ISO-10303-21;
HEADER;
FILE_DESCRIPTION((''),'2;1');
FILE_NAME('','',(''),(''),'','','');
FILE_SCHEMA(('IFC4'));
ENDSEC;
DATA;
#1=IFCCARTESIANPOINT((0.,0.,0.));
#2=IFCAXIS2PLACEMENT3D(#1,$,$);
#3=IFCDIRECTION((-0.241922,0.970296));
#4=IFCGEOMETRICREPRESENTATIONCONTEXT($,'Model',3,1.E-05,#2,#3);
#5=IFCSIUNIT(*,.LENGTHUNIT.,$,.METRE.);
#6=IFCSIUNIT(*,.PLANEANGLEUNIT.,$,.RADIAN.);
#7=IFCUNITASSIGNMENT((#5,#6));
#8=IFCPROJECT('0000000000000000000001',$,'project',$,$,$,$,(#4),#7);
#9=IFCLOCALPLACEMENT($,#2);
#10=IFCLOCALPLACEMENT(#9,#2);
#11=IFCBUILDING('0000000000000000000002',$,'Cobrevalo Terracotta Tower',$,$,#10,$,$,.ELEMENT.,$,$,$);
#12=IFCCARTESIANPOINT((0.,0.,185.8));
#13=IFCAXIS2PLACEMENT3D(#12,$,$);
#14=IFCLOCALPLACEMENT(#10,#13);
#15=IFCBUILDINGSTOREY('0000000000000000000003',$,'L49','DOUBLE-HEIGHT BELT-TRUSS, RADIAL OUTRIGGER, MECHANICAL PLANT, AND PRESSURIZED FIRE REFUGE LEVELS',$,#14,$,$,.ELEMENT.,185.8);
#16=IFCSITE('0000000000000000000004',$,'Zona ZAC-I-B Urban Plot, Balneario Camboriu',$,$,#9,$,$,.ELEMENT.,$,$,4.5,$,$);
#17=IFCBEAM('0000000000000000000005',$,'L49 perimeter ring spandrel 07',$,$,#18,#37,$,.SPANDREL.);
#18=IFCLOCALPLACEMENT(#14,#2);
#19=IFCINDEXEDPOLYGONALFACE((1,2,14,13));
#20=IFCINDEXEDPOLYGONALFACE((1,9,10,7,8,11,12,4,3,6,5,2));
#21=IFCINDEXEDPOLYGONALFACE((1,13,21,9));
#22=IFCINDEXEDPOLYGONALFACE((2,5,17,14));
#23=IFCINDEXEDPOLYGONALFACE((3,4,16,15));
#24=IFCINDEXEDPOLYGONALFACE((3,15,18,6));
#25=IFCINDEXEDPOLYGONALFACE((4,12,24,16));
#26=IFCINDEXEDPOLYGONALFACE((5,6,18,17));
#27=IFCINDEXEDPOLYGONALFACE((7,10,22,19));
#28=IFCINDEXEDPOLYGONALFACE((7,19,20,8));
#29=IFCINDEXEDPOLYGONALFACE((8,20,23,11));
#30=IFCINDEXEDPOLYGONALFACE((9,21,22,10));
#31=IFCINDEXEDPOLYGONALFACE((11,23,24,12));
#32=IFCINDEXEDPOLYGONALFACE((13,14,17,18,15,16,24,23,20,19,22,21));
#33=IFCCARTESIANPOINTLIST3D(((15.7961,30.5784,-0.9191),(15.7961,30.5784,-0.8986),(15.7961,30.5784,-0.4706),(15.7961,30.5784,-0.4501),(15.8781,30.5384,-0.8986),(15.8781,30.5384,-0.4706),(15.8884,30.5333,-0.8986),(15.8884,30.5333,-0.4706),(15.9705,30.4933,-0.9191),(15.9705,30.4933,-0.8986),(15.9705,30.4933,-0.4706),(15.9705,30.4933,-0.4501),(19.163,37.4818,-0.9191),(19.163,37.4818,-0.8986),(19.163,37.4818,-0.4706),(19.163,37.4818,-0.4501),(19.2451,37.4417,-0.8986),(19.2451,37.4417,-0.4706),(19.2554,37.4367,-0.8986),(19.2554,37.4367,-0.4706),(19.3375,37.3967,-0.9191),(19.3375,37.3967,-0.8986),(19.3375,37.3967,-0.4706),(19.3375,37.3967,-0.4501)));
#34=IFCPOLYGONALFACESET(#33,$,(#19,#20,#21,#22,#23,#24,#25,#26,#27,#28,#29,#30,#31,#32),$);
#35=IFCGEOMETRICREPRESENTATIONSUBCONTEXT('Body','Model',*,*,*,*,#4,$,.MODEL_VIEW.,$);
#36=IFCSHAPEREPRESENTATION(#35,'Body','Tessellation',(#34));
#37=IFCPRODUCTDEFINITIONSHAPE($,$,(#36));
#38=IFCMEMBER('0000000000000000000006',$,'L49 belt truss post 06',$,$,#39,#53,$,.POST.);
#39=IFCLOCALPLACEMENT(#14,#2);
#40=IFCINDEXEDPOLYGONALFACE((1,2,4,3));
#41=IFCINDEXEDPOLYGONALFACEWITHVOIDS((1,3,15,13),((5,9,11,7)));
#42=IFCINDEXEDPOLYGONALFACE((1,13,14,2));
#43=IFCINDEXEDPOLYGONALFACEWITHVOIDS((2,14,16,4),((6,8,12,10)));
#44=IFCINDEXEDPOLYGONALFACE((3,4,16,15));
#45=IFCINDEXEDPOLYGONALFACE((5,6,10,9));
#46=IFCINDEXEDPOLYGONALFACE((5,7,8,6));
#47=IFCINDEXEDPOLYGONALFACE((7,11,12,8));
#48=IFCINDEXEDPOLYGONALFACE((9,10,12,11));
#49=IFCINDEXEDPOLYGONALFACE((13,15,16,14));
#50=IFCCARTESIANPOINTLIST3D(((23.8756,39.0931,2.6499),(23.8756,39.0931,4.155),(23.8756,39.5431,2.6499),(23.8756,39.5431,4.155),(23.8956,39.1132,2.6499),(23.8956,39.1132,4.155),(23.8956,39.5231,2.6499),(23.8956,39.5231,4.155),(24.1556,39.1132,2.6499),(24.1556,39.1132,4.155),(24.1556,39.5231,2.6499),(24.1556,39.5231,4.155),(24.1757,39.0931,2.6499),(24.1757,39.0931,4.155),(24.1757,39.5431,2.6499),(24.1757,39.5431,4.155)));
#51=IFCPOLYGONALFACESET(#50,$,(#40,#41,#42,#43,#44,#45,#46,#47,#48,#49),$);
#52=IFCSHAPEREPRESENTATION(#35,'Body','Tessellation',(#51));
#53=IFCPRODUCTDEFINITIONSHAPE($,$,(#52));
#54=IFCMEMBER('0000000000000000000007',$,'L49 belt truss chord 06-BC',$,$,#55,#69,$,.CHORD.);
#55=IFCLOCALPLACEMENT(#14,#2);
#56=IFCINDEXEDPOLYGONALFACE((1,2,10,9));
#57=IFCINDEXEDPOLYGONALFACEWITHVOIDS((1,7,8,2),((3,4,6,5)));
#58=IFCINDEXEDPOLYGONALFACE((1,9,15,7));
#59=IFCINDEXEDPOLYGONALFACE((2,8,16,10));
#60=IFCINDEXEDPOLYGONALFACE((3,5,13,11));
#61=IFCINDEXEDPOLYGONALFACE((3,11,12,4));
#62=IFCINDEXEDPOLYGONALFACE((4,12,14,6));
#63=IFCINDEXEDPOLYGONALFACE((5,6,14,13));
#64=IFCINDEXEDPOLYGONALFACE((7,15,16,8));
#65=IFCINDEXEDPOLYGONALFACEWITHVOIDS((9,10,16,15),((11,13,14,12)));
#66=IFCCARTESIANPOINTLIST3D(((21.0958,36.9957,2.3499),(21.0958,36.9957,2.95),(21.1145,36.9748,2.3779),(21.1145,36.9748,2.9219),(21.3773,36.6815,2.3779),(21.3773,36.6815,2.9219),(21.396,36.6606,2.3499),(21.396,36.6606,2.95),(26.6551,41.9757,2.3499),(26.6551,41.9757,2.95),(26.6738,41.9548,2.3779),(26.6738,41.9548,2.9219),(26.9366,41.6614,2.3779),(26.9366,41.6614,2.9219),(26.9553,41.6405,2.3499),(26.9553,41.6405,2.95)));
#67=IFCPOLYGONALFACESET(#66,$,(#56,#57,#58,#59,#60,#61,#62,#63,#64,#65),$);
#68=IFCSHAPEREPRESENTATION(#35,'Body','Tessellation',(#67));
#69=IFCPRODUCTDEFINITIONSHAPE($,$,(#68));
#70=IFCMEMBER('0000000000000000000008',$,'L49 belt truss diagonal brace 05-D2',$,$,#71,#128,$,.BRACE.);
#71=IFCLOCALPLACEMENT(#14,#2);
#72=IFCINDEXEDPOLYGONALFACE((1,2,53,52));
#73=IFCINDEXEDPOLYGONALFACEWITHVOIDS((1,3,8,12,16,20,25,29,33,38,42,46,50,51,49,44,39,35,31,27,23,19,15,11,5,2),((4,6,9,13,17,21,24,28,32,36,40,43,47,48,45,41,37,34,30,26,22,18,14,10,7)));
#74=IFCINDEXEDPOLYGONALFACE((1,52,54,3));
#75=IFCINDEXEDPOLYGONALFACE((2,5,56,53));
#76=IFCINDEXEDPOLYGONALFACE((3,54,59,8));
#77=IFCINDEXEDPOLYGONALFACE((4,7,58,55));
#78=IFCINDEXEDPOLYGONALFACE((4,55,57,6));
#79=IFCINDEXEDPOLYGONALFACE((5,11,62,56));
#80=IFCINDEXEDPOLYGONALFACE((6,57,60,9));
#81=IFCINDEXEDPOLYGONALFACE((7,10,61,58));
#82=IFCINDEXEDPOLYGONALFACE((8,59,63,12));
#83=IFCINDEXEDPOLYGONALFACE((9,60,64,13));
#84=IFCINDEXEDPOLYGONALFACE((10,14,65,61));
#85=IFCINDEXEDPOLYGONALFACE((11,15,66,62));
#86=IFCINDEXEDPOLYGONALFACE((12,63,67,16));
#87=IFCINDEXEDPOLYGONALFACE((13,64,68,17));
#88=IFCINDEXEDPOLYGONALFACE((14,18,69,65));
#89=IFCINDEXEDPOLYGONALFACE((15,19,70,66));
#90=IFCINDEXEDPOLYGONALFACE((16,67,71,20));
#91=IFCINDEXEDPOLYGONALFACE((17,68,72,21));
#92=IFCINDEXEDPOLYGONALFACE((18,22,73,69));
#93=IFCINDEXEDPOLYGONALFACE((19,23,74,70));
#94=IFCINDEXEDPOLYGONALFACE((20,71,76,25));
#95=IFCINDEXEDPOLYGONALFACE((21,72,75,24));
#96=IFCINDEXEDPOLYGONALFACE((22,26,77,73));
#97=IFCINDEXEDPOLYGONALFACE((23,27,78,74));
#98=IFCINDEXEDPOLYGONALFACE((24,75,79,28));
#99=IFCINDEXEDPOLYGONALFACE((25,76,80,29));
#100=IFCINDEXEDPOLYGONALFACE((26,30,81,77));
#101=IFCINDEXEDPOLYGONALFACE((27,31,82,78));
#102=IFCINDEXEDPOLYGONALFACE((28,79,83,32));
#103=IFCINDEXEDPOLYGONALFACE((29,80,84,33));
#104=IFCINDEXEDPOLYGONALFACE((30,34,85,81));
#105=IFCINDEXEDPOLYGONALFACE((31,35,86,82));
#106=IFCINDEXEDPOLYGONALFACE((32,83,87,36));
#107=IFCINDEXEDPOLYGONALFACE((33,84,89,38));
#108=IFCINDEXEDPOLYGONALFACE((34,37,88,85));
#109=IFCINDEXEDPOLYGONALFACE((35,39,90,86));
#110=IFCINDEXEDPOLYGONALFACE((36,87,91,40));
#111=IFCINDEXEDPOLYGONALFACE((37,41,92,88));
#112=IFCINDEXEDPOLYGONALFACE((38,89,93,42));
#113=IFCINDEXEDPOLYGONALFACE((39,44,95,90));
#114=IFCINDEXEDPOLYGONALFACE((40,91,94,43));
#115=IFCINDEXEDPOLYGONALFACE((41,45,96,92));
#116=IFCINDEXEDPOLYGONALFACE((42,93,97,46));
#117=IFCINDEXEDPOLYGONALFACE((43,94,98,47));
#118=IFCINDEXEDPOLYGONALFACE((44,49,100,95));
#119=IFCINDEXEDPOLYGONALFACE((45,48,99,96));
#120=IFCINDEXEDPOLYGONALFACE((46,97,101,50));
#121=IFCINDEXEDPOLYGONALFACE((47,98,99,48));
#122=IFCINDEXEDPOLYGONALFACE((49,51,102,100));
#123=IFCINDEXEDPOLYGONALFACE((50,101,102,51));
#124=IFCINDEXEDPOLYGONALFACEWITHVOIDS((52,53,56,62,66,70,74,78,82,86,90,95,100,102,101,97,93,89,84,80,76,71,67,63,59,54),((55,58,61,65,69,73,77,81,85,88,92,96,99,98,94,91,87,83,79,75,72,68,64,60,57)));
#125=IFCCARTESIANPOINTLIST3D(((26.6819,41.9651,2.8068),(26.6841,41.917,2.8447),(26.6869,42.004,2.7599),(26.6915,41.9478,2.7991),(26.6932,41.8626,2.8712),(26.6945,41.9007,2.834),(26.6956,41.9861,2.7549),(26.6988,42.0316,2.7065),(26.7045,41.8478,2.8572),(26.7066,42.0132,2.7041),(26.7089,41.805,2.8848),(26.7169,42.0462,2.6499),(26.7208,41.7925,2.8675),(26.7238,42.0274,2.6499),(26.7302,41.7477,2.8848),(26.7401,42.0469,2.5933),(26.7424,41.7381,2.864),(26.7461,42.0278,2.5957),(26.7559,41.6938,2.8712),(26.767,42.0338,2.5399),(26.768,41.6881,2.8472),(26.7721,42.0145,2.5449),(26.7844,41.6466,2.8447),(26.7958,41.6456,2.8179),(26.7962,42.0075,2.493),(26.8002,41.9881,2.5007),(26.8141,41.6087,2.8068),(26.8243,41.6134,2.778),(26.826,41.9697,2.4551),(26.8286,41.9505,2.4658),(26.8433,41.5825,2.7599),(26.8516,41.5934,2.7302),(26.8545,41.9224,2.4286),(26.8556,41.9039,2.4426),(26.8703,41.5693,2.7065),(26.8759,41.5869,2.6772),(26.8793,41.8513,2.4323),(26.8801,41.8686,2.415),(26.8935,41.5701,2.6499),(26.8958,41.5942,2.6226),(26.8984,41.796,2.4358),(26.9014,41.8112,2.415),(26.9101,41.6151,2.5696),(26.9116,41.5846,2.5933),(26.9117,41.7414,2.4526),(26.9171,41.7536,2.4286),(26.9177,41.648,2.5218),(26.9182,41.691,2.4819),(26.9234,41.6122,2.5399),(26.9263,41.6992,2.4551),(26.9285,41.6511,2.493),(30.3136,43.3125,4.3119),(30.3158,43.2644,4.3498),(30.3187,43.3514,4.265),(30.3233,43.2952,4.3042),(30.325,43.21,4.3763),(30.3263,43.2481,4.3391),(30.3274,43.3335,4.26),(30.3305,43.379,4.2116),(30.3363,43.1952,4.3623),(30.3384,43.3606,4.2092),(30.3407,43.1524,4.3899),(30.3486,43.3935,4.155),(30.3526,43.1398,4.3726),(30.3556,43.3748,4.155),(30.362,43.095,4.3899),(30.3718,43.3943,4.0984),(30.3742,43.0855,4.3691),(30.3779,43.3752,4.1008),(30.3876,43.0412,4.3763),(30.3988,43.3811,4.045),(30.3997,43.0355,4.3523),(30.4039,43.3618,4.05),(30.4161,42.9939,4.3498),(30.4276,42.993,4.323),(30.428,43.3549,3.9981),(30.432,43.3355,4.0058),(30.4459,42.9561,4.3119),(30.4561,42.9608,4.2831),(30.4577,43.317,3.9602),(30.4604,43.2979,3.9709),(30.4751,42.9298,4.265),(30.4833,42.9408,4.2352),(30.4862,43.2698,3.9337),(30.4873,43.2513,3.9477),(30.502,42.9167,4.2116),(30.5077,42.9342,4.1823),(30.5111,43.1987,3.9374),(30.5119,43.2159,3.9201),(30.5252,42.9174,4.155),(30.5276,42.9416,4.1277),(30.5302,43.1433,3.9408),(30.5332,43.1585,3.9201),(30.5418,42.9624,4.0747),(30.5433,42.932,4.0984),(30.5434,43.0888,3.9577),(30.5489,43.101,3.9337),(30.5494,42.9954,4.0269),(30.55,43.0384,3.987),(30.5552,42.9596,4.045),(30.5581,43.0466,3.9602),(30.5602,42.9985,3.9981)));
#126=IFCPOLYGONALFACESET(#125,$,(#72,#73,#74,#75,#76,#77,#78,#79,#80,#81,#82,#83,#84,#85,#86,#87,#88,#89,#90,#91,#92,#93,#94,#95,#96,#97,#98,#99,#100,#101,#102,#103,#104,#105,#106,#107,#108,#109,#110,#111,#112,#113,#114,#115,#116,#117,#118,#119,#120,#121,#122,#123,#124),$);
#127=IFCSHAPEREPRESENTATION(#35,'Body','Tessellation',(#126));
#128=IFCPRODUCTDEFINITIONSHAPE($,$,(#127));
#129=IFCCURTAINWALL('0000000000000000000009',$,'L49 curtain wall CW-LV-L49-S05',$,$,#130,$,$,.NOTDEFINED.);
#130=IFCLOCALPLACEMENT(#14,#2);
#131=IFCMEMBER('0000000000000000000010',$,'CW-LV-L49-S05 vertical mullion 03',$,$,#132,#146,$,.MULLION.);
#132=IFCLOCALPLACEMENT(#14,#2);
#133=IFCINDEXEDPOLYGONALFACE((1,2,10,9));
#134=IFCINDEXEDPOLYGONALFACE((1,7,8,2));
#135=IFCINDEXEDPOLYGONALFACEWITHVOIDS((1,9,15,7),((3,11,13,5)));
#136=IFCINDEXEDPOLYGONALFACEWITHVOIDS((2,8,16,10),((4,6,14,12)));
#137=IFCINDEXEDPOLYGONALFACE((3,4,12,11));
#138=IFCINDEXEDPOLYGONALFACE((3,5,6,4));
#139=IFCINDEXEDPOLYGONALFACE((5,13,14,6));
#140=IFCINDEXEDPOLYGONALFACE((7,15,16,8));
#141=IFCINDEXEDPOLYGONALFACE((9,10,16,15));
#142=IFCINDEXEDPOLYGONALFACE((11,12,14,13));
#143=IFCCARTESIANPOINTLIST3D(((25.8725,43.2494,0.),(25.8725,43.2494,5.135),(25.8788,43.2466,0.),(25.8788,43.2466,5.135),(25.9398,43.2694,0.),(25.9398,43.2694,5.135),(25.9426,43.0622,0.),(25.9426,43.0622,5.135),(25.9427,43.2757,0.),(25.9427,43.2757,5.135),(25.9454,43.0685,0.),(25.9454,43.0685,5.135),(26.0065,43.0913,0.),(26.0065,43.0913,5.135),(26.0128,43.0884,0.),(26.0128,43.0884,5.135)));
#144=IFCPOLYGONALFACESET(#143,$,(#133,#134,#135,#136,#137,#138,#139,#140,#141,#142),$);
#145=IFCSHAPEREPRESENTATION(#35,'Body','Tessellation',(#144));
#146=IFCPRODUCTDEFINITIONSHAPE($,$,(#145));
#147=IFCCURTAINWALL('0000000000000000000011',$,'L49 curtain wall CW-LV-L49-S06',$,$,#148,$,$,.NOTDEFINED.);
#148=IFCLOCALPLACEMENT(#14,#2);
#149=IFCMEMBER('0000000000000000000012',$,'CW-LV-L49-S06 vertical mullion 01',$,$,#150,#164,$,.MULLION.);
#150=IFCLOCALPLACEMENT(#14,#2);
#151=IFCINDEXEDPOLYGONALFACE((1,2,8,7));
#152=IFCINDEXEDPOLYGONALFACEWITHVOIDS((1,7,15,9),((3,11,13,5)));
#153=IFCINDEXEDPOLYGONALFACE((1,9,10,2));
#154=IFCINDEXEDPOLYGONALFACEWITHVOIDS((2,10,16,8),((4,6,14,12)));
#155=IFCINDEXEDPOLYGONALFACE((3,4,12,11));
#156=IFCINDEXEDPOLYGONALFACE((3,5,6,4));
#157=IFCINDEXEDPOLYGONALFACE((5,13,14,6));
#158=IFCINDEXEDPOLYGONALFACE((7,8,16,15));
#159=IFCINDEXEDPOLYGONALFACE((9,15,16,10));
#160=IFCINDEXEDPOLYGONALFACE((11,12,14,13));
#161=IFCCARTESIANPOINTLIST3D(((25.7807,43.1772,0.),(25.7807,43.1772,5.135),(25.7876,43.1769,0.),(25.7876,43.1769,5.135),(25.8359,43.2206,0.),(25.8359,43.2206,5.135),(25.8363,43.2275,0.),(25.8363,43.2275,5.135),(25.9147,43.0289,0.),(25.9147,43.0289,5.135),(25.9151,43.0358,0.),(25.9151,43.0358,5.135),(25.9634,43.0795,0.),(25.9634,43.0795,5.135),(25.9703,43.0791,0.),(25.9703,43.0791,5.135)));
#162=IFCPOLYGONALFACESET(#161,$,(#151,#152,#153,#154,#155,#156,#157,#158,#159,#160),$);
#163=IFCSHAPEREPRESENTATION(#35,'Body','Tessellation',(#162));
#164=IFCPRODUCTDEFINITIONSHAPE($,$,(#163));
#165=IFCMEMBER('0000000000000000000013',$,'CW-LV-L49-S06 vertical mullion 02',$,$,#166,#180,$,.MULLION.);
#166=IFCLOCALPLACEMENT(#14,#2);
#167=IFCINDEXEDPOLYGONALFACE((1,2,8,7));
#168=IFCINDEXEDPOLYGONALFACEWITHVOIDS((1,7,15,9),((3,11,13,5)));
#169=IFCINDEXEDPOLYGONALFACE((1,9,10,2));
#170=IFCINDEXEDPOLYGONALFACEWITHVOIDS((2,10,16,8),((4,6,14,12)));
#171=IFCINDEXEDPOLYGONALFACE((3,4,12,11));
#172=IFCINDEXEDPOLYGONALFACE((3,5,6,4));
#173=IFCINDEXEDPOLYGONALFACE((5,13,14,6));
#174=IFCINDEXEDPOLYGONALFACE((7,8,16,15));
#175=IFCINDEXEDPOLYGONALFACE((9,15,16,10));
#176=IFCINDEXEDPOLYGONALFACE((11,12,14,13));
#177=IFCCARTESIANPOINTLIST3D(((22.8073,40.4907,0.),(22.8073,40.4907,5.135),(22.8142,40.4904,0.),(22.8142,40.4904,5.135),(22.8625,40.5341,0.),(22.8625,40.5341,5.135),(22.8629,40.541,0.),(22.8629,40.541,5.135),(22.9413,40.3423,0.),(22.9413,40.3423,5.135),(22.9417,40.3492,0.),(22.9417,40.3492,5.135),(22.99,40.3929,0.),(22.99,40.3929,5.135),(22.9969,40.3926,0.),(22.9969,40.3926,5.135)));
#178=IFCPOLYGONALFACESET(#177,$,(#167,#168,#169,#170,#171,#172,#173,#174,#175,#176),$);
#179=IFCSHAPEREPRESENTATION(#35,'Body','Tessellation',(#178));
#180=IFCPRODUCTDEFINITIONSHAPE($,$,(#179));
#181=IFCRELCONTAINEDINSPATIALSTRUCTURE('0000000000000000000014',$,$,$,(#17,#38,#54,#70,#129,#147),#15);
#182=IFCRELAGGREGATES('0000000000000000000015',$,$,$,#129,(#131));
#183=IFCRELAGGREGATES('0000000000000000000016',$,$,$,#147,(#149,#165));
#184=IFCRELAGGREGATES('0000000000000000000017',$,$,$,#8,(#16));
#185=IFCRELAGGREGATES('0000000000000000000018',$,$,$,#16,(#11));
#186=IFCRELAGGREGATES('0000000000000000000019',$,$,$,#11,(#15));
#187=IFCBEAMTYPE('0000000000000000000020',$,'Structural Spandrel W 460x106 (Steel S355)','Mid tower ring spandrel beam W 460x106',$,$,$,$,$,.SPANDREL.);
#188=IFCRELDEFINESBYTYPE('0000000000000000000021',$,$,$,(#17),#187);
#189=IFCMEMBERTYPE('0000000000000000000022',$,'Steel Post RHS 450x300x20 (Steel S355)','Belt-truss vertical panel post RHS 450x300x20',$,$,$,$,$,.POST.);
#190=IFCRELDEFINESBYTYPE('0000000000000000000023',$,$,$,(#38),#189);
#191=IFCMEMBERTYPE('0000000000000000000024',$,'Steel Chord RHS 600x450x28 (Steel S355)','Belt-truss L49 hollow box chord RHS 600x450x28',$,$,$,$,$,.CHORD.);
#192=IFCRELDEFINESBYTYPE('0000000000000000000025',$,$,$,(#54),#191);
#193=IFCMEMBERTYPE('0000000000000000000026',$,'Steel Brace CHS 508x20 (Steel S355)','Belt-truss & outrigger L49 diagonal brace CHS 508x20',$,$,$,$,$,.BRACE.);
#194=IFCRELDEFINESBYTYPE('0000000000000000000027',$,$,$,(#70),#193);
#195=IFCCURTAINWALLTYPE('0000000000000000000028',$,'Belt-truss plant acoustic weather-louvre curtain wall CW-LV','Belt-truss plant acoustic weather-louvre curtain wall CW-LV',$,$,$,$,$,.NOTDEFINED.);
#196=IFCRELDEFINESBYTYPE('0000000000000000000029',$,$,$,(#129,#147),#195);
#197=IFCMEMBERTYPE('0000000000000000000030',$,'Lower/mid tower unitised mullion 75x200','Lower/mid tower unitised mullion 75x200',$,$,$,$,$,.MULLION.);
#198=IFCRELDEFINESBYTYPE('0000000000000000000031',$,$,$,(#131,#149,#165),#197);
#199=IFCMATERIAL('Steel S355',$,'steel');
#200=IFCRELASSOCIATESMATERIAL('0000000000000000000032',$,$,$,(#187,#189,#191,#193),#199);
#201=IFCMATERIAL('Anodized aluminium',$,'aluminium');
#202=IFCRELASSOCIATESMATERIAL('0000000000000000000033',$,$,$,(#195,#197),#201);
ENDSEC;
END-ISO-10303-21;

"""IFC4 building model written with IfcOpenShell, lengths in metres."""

from ifc_helpers import new_model, si_unit, direction, frame, origin, origin_2d, place, context, subcontext, project, spatial, hollow_rectangle, hollow_circle, i_section, extrude, source, transform, mapped, material, material_profile, profile_set, type_object, element, aggregate, save


model = new_model("IFC4")

# Units and contexts
model_context = context("Model", 3, precision=1e-05, world=origin(), true_north=direction((-0.241922, 0.970296)))
body_context = subcontext(model_context, "Body", "Model", "MODEL_VIEW")
ifc_project = project(units=[si_unit("LENGTHUNIT", "METRE"), si_unit("PLANEANGLEUNIT", "RADIAN")], contexts=[model_context])

# Site, building, storey
site_placement = place(None, origin())
site = spatial("IfcSite", under=ifc_project, at=site_placement, Name="Zona ZAC-I-B Urban Plot, Balneario Camboriu", CompositionType="ELEMENT", RefElevation=4.5)
building_placement = place(site_placement, origin())
building = spatial("IfcBuilding", under=site, at=building_placement, Name="Cobrevalo Terracotta Tower", CompositionType="ELEMENT")
storey_placement = place(building_placement, frame((0.0, 0.0, 185.8)))
storey = spatial("IfcBuildingStorey", under=building, at=storey_placement, Name="L49", Description="DOUBLE-HEIGHT BELT-TRUSS, RADIAL OUTRIGGER, MECHANICAL PLANT, AND PRESSURIZED FIRE REFUGE LEVELS", CompositionType="ELEMENT", Elevation=185.8)

# Shared definitions
ifc_material_1 = material(Name="Steel S355", Category="steel")

# Beam
ifc_material_profile_1 = material_profile(ifc_material_1, i_section(OverallWidth=0.1941, OverallDepth=0.469, WebThickness=0.0115, FlangeThickness=0.0205, at=origin_2d()), Name="W 460x106")
ifc_profile_set_1 = profile_set([ifc_material_profile_1], Name="Steel S355")
beam_type_1 = type_object("IfcBeamType", Name="Structural Spandrel W 460x106 (Steel S355)", Description="Mid tower ring spandrel beam W 460x106", PredefinedType="SPANDREL", material=ifc_profile_set_1)
beam_1_placement = place(storey_placement, frame((19.2502, 37.4392, -0.6846), z_axis=(-0.438368, -0.898796, 0.0), x_axis=(0.898796, -0.438368, 0.0)))
element("IfcBeam", 1, at=beam_1_placement, inside=storey, type_object=beam_type_1, Name="L49 perimeter ring spandrel 07", PredefinedType="SPANDREL", context=body_context, shape_type="SweptSolid", body=[
    extrude(i_section(OverallWidth=0.1941, OverallDepth=0.469, WebThickness=0.0115, FlangeThickness=0.0205, at=origin_2d()), origin(), (0.0, 0.0, 1.0), 7.6807),
])

# Members
ifc_material_profile_2 = material_profile(ifc_material_1, hollow_rectangle(XDim=0.3, YDim=0.45, WallThickness=0.02, at=origin_2d()), Name="RHS 450x300x20")
ifc_profile_set_2 = profile_set([ifc_material_profile_2], Name="Steel S355")
member_type_1 = type_object("IfcMemberType", Name="Steel Post RHS 450x300x20 (Steel S355)", Description="Belt-truss vertical panel post RHS 450x300x20", PredefinedType="POST", material=ifc_profile_set_2)
shared_shape_1 = source(origin(), body_context, "Body", "SweptSolid", [
    extrude(hollow_rectangle(XDim=0.3, YDim=0.45, WallThickness=0.02, at=origin_2d()), origin(), (0.0, 0.0, 1.0), 1.5051),
])
member_1_placement = place(storey_placement, frame((24.0256, 39.3181, 2.6499), z_axis=(0.0, 0.0, 1.0), x_axis=(1.0, 0.0, 0.0)))
element("IfcMember", 2, at=member_1_placement, inside=storey, type_object=member_type_1, Name="L49 belt truss post 06", PredefinedType="POST", context=body_context, shape_type="MappedRepresentation", body=[
    mapped(shared_shape_1, transform((0.0, 0.0, 0.0), scale=1.0)),
])
ifc_material_profile_3 = material_profile(ifc_material_1, hollow_rectangle(XDim=0.45, YDim=0.6001, WallThickness=0.0281, at=origin_2d()), Name="RHS 600x450x28")
ifc_profile_set_3 = profile_set([ifc_material_profile_3], Name="Steel S355")
member_type_2 = type_object("IfcMemberType", Name="Steel Chord RHS 600x450x28 (Steel S355)", Description="Belt-truss L49 hollow box chord RHS 600x450x28", PredefinedType="CHORD", material=ifc_profile_set_3)
shared_shape_2 = source(origin(), body_context, "Body", "SweptSolid", [
    extrude(hollow_rectangle(XDim=0.45, YDim=0.6001, WallThickness=0.0281, at=origin_2d()), origin(), (0.0, 0.0, 1.0), 7.4636),
])
member_2_placement = place(storey_placement, frame((26.8052, 41.8081, 2.6499), z_axis=(-0.744852, -0.66723, 0.0), x_axis=(0.66723, -0.744852, 0.0)))
element("IfcMember", 3, at=member_2_placement, inside=storey, type_object=member_type_2, Name="L49 belt truss chord 06-BC", PredefinedType="CHORD", context=body_context, shape_type="MappedRepresentation", body=[
    mapped(shared_shape_2, transform((0.0, 0.0, 0.0), scale=1.0)),
])
ifc_material_profile_4 = material_profile(ifc_material_1, hollow_circle(Radius=0.2539, WallThickness=0.02, at=origin_2d()), Name="CHS 508x20")
ifc_profile_set_4 = profile_set([ifc_material_profile_4], Name="Steel S355")
member_type_3 = type_object("IfcMemberType", Name="Steel Brace CHS 508x20 (Steel S355)", Description="Belt-truss & outrigger L49 diagonal brace CHS 508x20", PredefinedType="BRACE", material=ifc_profile_set_4)
shared_shape_3 = source(origin(), body_context, "Body", "SweptSolid", [
    extrude(hollow_circle(Radius=0.2539, WallThickness=0.02, at=origin_2d()), origin(), (0.0, 0.0, 1.0), 4.1558),
])
member_3_placement = place(storey_placement, frame((26.8052, 41.8081, 2.6499), z_axis=(0.873908, 0.32422, 0.36217), x_axis=(-0.347834, 0.937556, 0.0)))
element("IfcMember", 4, at=member_3_placement, inside=storey, type_object=member_type_3, Name="L49 belt truss diagonal brace 05-D2", PredefinedType="BRACE", context=body_context, shape_type="MappedRepresentation", body=[
    mapped(shared_shape_3, transform((0.0, 0.0, 0.0), scale=1.0)),
])

# Curtain wall, member
ifc_material_2 = material(Name="Anodized aluminium", Category="aluminium")
curtain_wall_type = type_object("IfcCurtainWallType", Name="Belt-truss plant acoustic weather-louvre curtain wall CW-LV", Description="Belt-truss plant acoustic weather-louvre curtain wall CW-LV", PredefinedType="NOTDEFINED", material=ifc_material_2)
curtain_wall_1_placement = place(storey_placement, origin())
curtain_wall_1 = element("IfcCurtainWall", 5, at=curtain_wall_1_placement, inside=storey, type_object=curtain_wall_type, Name="L49 curtain wall CW-LV-L49-S05", PredefinedType="NOTDEFINED")
ifc_material_profile_5 = material_profile(ifc_material_2, hollow_rectangle(XDim=0.075, YDim=0.2, WallThickness=0.0049, at=origin_2d()), Name="CWM 75x200")
ifc_profile_set_5 = profile_set([ifc_material_profile_5], Name="Anodized aluminium")
member_type_4 = type_object("IfcMemberType", Name="Lower/mid tower unitised mullion 75x200", Description="Lower/mid tower unitised mullion 75x200", PredefinedType="MULLION", material=ifc_profile_set_5)
shared_shape_4 = source(origin(), body_context, "Body", "SweptSolid", [
    extrude(hollow_rectangle(XDim=0.075, YDim=0.2, WallThickness=0.0049, at=origin_2d()), origin(), (0.0, 0.0, 1.0), 5.135),
])
member_4_placement = place(storey_placement, frame((25.9426, 43.1689, 0.0), z_axis=(0.0, 0.0, 1.0), x_axis=(-0.936556, -0.350518, 0.0)))
member_4 = element("IfcMember", 6, at=member_4_placement, type_object=member_type_4, Name="CW-LV-L49-S05 vertical mullion 03", PredefinedType="MULLION", context=body_context, shape_type="MappedRepresentation", body=[
    mapped(shared_shape_4, transform((0.0, 0.0, 0.0), scale=1.0)),
])
aggregate(curtain_wall_1, [member_4])

# Curtain wall, members
curtain_wall_2_placement = place(storey_placement, origin())
curtain_wall_2 = element("IfcCurtainWall", 7, at=curtain_wall_2_placement, inside=storey, type_object=curtain_wall_type, Name="L49 curtain wall CW-LV-L49-S06", PredefinedType="NOTDEFINED")
member_5_placement = place(storey_placement, frame((25.8755, 43.1282, 0.0), z_axis=(0.0, 0.0, 1.0), x_axis=(-0.741988, -0.670414, 0.0)))
member_5 = element("IfcMember", 8, at=member_5_placement, type_object=member_type_4, Name="CW-LV-L49-S06 vertical mullion 01", PredefinedType="MULLION", context=body_context, shape_type="MappedRepresentation", body=[
    mapped(shared_shape_4, transform((0.0, 0.0, 0.0), scale=1.0)),
])
member_6_placement = place(storey_placement, frame((22.9021, 40.4417, 0.0), z_axis=(0.0, 0.0, 1.0), x_axis=(-0.741988, -0.670414, 0.0)))
member_6 = element("IfcMember", 9, at=member_6_placement, type_object=member_type_4, Name="CW-LV-L49-S06 vertical mullion 02", PredefinedType="MULLION", context=body_context, shape_type="MappedRepresentation", body=[
    mapped(shared_shape_4, transform((0.0, 0.0, 0.0), scale=1.0)),
])

aggregate(curtain_wall_2, [member_5, member_6])

save(model, "model.ifc")
